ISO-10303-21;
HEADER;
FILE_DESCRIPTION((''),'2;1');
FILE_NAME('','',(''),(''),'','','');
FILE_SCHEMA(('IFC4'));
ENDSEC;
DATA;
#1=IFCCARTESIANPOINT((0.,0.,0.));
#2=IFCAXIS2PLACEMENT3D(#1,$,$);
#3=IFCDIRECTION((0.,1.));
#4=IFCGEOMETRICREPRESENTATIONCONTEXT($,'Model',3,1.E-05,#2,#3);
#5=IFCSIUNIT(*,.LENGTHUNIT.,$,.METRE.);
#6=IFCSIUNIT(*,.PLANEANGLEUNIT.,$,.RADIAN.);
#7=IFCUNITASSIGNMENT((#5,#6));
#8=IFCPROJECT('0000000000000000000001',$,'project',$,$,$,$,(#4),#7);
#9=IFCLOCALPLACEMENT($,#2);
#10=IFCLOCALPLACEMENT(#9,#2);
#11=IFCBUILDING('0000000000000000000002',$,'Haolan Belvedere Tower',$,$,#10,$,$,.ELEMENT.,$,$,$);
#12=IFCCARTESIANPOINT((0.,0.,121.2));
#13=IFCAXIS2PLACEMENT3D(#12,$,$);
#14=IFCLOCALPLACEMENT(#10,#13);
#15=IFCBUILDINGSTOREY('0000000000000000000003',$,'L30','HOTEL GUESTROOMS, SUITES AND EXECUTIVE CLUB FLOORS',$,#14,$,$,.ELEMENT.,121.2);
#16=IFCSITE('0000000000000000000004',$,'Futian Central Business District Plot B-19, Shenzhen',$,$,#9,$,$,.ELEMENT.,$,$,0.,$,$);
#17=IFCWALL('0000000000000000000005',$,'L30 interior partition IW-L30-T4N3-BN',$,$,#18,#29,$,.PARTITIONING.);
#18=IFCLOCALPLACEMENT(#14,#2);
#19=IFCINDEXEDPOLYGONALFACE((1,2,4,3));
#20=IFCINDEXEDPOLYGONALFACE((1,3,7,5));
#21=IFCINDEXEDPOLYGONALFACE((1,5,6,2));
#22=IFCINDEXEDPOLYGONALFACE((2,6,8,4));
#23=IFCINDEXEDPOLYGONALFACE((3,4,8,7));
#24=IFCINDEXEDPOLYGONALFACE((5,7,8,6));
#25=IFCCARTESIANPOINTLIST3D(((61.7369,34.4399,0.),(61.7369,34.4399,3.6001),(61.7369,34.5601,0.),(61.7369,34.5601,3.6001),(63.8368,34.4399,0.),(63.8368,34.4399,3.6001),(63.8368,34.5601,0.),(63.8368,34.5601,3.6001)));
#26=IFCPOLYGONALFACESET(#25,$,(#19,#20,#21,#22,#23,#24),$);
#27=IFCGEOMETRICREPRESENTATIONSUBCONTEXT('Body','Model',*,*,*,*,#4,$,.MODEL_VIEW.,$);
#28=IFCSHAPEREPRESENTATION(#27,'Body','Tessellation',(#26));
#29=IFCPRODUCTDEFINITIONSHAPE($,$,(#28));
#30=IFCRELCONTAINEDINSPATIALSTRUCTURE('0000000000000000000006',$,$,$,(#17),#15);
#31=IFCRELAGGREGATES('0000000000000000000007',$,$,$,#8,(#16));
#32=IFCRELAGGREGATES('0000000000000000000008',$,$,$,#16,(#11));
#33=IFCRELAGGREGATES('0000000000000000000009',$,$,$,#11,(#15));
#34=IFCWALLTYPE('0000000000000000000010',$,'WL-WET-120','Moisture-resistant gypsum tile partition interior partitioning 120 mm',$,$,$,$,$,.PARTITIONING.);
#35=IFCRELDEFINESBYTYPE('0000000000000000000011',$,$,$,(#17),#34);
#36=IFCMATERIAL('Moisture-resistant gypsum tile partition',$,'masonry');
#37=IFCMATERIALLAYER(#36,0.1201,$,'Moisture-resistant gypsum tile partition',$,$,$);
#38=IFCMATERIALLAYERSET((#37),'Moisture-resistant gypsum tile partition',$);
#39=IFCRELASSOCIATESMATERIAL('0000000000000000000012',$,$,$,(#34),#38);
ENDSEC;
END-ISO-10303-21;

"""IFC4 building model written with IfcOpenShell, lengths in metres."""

from ifc_helpers import new_model, si_unit, direction, frame, frame_2d, origin, place, context, subcontext, project, spatial, rectangle, extrude, material, layer, layer_set, type_object, element, save


model = new_model("IFC4")

# Units and contexts
model_context = context("Model", 3, precision=1e-05, world=origin(), true_north=direction((0.0, 1.0)))
body_context = subcontext(model_context, "Body", "Model", "MODEL_VIEW")
ifc_project = project(units=[si_unit("LENGTHUNIT", "METRE"), si_unit("PLANEANGLEUNIT", "RADIAN")], contexts=[model_context])

# Site, building, storey
site_placement = place(None, origin())
site = spatial("IfcSite", under=ifc_project, at=site_placement, Name="Futian Central Business District Plot B-19, Shenzhen", CompositionType="ELEMENT", RefElevation=0.0)
building_placement = place(site_placement, origin())
building = spatial("IfcBuilding", under=site, at=building_placement, Name="Haolan Belvedere Tower", CompositionType="ELEMENT")
storey_placement = place(building_placement, frame((0.0, 0.0, 121.2)))
storey = spatial("IfcBuildingStorey", under=building, at=storey_placement, Name="L30", Description="HOTEL GUESTROOMS, SUITES AND EXECUTIVE CLUB FLOORS", CompositionType="ELEMENT", Elevation=121.2)

# Wall
ifc_material_1 = material(Name="Moisture-resistant gypsum tile partition", Category="masonry")
ifc_layer_1 = layer(ifc_material_1, 0.1201, Name="Moisture-resistant gypsum tile partition")
ifc_layer_set_1 = layer_set([ifc_layer_1], Name="Moisture-resistant gypsum tile partition")
wall_type_1 = type_object("IfcWallType", Name="WL-WET-120", Description="Moisture-resistant gypsum tile partition interior partitioning 120 mm", PredefinedType="PARTITIONING", material=ifc_layer_set_1)
wall_1_placement = place(storey_placement, frame((61.7371, 34.5, 0.0), z_axis=(0.0, 0.0, 1.0), x_axis=(1.0, 0.0, 0.0)))
element("IfcWall", 1, at=wall_1_placement, inside=storey, type_object=wall_type_1, Name="L30 interior partition IW-L30-T4N3-BN", PredefinedType="PARTITIONING", context=body_context, shape_type="SweptSolid", body=[
    extrude(rectangle(XDim=2.0999, YDim=0.1201, at=frame_2d((1.0498, 0.0))), origin(), (0.0, 0.0, 1.0), 3.6001),
])

save(model, "model.ifc")
